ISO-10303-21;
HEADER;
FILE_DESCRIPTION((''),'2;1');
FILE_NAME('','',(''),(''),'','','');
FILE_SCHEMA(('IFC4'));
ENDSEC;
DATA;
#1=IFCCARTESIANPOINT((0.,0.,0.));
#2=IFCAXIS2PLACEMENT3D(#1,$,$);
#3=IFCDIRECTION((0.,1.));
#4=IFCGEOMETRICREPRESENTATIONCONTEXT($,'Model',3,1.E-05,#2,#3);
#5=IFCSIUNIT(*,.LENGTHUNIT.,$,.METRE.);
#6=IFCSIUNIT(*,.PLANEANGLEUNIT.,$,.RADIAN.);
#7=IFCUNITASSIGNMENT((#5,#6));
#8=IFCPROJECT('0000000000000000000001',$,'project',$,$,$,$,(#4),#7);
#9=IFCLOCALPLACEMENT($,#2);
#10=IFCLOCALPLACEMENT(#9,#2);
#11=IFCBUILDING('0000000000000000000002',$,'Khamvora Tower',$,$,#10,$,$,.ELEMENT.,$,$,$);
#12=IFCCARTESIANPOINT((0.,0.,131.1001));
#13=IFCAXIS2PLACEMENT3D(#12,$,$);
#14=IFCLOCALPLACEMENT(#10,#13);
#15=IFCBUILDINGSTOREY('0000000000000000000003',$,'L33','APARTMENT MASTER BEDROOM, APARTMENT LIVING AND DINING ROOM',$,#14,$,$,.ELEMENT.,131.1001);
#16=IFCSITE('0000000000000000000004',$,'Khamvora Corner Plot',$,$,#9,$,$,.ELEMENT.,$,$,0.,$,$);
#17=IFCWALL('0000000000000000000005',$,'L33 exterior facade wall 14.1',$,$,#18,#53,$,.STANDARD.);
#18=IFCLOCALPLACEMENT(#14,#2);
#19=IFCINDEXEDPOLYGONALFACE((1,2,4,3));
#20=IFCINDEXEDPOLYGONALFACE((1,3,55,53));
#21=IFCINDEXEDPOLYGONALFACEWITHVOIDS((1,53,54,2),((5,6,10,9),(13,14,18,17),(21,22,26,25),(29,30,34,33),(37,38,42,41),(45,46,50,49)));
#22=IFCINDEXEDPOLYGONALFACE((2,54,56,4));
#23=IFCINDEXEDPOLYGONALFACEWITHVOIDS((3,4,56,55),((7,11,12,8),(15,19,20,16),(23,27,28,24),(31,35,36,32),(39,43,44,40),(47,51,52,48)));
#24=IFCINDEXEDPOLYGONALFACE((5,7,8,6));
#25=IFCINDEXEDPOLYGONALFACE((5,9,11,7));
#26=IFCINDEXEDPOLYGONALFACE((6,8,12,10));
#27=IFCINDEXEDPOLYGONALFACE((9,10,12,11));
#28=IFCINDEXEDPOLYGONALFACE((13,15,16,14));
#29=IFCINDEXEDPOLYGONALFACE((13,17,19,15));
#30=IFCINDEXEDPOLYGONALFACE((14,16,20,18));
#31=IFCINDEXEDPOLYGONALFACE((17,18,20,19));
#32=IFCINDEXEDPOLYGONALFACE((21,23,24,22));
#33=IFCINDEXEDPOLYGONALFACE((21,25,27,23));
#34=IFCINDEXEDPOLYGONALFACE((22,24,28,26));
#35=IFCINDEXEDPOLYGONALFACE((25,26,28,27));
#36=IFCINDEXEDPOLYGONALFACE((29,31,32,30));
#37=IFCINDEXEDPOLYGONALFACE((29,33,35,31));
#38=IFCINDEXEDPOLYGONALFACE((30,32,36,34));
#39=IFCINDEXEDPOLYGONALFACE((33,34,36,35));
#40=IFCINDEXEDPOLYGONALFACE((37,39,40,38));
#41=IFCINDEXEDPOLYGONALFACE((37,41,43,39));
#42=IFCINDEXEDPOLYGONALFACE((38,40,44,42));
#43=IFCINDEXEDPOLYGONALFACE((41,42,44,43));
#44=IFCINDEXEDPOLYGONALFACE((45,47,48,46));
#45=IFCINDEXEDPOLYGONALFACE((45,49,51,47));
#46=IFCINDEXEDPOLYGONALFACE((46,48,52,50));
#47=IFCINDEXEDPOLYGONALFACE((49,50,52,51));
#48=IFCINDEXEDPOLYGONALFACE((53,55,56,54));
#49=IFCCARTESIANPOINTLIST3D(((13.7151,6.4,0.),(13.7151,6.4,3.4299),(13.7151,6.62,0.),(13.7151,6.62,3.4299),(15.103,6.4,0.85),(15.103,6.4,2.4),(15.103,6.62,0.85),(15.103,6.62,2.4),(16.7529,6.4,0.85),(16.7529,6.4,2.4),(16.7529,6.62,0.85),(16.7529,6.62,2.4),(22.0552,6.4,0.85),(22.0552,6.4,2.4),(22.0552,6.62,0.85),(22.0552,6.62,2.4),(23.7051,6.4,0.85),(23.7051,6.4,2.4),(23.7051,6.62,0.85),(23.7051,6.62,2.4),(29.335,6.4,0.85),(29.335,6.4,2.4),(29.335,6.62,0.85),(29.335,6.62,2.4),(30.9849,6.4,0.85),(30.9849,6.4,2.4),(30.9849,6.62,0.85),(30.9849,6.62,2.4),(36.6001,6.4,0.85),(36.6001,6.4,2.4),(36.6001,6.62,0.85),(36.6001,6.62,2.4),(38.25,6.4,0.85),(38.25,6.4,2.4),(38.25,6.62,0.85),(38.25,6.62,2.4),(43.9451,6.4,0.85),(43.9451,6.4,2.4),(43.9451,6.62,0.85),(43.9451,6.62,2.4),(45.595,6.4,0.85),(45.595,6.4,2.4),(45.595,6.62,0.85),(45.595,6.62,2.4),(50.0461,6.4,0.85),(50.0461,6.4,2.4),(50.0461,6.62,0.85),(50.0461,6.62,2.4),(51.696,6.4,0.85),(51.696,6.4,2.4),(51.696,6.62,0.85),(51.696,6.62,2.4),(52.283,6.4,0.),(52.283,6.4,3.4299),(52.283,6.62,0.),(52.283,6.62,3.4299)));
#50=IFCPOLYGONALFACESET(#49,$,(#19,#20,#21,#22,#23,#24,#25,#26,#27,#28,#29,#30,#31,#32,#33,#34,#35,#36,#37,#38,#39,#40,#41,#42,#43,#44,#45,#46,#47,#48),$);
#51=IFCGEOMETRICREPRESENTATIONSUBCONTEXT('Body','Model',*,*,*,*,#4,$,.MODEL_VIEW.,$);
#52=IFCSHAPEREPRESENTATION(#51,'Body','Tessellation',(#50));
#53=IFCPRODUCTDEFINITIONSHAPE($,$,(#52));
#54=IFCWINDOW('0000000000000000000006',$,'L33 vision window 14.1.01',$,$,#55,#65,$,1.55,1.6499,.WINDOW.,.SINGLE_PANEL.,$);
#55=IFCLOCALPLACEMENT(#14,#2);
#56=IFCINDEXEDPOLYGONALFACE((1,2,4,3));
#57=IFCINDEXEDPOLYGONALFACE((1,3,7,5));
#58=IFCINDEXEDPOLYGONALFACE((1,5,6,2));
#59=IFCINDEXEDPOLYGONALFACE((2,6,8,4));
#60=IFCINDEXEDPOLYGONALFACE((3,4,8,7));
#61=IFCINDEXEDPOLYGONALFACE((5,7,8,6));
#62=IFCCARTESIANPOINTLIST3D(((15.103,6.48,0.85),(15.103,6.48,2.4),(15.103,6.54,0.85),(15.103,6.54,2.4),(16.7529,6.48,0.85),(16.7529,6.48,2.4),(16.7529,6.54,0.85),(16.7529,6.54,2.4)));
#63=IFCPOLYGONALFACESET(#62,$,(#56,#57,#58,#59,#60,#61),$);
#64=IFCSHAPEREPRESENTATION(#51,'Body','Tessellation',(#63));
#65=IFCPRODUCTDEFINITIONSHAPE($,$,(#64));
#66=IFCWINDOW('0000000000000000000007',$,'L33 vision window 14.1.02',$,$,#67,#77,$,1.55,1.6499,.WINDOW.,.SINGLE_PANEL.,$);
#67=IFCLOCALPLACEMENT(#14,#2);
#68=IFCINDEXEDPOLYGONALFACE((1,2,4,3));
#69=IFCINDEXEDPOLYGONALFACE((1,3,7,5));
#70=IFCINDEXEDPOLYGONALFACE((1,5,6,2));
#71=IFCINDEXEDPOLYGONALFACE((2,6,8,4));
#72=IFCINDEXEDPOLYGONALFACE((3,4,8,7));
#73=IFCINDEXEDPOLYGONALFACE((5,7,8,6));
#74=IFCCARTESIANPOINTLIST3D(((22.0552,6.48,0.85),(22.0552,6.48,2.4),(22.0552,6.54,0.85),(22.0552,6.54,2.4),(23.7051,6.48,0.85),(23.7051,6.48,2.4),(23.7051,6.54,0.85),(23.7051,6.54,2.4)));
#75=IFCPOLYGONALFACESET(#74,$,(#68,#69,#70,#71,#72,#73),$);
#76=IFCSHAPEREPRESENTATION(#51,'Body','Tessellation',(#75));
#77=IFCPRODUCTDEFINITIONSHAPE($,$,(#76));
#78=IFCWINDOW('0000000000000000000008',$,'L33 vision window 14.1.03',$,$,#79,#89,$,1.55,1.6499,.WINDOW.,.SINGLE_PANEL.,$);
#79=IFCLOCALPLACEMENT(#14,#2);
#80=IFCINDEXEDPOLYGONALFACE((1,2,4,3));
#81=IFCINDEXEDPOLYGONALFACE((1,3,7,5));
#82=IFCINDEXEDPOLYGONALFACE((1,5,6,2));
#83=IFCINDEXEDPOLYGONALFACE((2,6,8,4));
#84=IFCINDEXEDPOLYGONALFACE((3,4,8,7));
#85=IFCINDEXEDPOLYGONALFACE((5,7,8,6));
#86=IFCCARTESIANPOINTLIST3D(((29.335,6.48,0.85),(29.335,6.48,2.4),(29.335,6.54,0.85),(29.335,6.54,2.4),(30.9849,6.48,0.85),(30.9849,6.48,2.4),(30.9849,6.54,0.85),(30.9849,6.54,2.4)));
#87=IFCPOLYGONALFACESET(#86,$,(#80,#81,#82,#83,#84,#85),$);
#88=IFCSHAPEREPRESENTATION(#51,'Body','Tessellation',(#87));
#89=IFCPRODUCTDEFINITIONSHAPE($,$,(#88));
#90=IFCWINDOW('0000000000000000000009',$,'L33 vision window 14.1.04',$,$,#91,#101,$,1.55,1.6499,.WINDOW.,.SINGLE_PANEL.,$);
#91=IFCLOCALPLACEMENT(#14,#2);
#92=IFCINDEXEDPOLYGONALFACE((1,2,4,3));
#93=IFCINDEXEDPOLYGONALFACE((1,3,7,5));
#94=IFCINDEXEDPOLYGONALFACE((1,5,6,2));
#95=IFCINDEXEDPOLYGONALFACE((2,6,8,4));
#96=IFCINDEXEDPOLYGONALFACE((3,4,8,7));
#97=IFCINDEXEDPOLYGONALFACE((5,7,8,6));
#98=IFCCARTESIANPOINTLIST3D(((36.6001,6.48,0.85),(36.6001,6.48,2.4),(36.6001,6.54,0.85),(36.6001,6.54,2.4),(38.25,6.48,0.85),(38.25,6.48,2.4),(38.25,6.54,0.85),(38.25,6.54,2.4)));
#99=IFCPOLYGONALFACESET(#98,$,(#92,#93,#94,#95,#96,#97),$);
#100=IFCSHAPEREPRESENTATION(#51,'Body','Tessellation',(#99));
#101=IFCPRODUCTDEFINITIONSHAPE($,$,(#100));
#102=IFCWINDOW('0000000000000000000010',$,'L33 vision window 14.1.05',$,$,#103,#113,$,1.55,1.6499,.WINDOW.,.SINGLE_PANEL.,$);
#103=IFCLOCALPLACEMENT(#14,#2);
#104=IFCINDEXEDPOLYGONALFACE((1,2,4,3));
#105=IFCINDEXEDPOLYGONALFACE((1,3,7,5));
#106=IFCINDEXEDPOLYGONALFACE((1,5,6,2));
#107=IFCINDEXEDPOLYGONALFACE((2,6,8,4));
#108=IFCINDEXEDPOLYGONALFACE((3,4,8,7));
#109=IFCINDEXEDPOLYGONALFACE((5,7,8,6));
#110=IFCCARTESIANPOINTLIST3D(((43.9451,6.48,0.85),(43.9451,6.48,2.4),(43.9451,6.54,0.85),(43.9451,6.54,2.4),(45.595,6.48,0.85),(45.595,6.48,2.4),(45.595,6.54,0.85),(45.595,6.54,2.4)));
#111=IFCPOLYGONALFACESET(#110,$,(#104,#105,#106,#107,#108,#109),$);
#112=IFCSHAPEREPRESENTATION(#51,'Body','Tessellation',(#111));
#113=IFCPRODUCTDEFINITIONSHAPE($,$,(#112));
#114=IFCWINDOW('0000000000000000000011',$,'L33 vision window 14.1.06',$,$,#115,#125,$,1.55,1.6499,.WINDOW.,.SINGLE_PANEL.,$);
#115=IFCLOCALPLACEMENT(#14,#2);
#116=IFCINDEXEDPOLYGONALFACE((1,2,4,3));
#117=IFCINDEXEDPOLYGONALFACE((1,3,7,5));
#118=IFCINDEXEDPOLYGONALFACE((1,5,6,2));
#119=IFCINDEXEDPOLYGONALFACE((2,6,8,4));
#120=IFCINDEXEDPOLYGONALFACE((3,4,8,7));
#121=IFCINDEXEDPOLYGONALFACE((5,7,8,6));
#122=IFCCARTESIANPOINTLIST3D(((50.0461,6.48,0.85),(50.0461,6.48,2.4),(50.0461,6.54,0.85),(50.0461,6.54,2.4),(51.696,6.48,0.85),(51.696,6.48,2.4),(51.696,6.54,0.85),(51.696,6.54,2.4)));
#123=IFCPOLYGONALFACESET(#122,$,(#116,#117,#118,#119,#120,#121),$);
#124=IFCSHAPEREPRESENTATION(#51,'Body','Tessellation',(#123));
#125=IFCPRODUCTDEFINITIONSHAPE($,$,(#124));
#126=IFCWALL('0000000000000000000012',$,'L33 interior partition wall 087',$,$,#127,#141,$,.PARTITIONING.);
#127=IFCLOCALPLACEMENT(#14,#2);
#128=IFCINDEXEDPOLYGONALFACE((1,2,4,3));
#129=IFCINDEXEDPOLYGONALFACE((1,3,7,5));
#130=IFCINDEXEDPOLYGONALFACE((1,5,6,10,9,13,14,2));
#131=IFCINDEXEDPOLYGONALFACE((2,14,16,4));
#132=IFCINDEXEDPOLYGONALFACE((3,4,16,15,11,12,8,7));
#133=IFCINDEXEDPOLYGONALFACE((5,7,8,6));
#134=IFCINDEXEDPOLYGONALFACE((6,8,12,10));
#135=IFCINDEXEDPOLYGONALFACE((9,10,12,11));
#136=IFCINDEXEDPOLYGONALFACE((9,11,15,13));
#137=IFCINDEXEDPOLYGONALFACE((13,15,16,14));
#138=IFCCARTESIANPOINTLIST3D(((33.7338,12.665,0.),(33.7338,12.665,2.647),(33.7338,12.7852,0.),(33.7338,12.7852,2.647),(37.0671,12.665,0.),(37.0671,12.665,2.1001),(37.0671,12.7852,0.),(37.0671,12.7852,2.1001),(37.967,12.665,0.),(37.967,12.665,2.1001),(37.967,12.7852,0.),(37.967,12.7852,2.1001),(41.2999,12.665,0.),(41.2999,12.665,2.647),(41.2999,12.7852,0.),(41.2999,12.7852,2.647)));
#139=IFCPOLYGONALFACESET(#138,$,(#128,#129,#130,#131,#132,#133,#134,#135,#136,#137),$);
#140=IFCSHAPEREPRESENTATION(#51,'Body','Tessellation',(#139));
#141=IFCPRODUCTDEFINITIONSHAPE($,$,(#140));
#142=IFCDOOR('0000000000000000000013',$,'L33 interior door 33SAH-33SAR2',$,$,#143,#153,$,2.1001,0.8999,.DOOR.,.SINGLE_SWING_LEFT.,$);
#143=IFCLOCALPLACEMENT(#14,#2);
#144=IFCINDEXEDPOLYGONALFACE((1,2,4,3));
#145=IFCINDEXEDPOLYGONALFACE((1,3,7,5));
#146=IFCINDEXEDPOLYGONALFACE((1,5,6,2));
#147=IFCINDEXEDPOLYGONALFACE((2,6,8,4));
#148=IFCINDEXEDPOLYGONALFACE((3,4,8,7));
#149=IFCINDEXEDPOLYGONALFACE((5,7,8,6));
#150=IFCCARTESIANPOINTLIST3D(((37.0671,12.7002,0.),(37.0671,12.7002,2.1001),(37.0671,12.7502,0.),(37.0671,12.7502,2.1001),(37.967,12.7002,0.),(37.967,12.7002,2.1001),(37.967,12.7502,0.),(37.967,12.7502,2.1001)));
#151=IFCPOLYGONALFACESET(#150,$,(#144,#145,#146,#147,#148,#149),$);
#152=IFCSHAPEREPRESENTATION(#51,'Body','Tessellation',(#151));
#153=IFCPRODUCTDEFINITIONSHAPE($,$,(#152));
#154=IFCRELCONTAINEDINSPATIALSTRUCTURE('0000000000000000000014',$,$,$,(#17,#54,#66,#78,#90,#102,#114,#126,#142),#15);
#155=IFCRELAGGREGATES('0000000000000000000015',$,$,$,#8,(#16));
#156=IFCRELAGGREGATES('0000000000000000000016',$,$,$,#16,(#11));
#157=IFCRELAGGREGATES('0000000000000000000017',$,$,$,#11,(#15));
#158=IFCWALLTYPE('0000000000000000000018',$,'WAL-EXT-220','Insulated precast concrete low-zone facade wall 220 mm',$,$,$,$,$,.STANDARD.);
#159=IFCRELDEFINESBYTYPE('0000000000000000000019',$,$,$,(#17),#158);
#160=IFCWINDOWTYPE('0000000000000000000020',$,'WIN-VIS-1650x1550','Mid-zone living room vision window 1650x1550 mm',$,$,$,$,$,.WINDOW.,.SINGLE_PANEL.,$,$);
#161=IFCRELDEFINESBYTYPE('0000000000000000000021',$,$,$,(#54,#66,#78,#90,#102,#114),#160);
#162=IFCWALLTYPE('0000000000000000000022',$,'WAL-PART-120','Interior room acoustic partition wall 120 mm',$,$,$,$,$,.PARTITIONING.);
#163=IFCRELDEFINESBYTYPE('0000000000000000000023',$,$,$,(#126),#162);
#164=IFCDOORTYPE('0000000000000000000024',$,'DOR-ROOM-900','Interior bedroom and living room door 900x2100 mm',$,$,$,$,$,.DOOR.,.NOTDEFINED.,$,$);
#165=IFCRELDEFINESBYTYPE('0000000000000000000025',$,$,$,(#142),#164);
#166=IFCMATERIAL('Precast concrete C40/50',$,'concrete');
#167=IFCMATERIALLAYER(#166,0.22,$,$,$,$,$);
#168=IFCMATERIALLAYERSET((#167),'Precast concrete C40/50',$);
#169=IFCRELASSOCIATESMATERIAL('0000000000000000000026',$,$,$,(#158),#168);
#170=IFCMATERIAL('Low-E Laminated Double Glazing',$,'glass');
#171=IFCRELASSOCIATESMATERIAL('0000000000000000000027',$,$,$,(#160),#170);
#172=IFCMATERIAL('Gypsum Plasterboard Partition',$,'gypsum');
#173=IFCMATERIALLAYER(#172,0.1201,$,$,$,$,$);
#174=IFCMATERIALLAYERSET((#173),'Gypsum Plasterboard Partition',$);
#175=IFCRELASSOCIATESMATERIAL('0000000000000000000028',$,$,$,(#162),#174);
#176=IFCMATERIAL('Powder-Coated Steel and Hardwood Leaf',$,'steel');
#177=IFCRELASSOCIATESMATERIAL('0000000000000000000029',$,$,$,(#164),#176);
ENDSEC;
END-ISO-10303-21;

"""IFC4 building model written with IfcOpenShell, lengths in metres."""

from ifc_helpers import new_model, si_unit, direction, frame, frame_2d, origin, place, context, subcontext, project, spatial, rectangle, extrude, material, layer, layer_set, type_object, element, fill, save


model = new_model("IFC4")

# Units and contexts
model_context = context("Model", 3, precision=1e-05, world=origin(), true_north=direction((0.0, 1.0)))
body_context = subcontext(model_context, "Body", "Model", "MODEL_VIEW")
ifc_project = project(units=[si_unit("LENGTHUNIT", "METRE"), si_unit("PLANEANGLEUNIT", "RADIAN")], contexts=[model_context])

# Site, building, storey
site_placement = place(None, origin())
site = spatial("IfcSite", under=ifc_project, at=site_placement, Name="Khamvora Corner Plot", CompositionType="ELEMENT", RefElevation=0.0)
building_placement = place(site_placement, origin())
building = spatial("IfcBuilding", under=site, at=building_placement, Name="Khamvora Tower", CompositionType="ELEMENT")
storey_placement = place(building_placement, frame((0.0, 0.0, 131.1001)))
storey = spatial("IfcBuildingStorey", under=building, at=storey_placement, Name="L33", Description="APARTMENT MASTER BEDROOM, APARTMENT LIVING AND DINING ROOM", CompositionType="ELEMENT", Elevation=131.1001)

# Shared definitions
ifc_material_1 = material(Name="Precast concrete C40/50", Category="concrete")
ifc_layer_1 = layer(ifc_material_1, 0.22)
ifc_layer_set_1 = layer_set([ifc_layer_1], Name="Precast concrete C40/50")
wall_type_1 = type_object("IfcWallType", Name="WAL-EXT-220", Description="Insulated precast concrete low-zone facade wall 220 mm", PredefinedType="STANDARD", material=ifc_layer_set_1)

# Wall, openings, windows
wall_1_placement = place(storey_placement, frame((52.283, 6.51, 0.0), z_axis=(0.0, 0.0, 1.0), x_axis=(-1.0, 0.0, 0.0)))
wall_1 = element("IfcWall", 1, at=wall_1_placement, inside=storey, type_object=wall_type_1, Name="L33 exterior facade wall 14.1", PredefinedType="STANDARD", context=body_context, shape_type="SweptSolid", body=[
    extrude(rectangle(XDim=38.5679, YDim=0.22, at=frame_2d((19.2839, 0.0))), origin(), (0.0, 0.0, 1.0), 3.4299),
])
opening_1_placement = place(wall_1_placement, frame((35.53, 0.0, 0.8501)))
opening_1 = element("IfcOpeningElement", 2, at=opening_1_placement, cuts=wall_1, PredefinedType="OPENING", context=body_context, shape_type="SweptSolid", body=[
    extrude(rectangle(XDim=1.6499, YDim=1.55, at=frame_2d((0.825, 0.7749))), frame((0.0, 0.1199, 0.0), z_axis=(0.0, -1.0, 0.0), x_axis=(1.0, 0.0, 0.0)), (0.0, 0.0, 1.0), 0.24),
])
opening_2_placement = place(wall_1_placement, frame((28.5779, 0.0, 0.8501)))
opening_2 = element("IfcOpeningElement", 3, at=opening_2_placement, cuts=wall_1, PredefinedType="OPENING", context=body_context, shape_type="SweptSolid", body=[
    extrude(rectangle(XDim=1.6499, YDim=1.55, at=frame_2d((0.825, 0.7749))), frame((0.0, 0.1199, 0.0), z_axis=(0.0, -1.0, 0.0), x_axis=(1.0, 0.0, 0.0)), (0.0, 0.0, 1.0), 0.24),
])
opening_3_placement = place(wall_1_placement, frame((21.2981, 0.0, 0.8501)))
opening_3 = element("IfcOpeningElement", 4, at=opening_3_placement, cuts=wall_1, PredefinedType="OPENING", context=body_context, shape_type="SweptSolid", body=[
    extrude(rectangle(XDim=1.6499, YDim=1.55, at=frame_2d((0.825, 0.7749))), frame((0.0, 0.1199, 0.0), z_axis=(0.0, -1.0, 0.0), x_axis=(1.0, 0.0, 0.0)), (0.0, 0.0, 1.0), 0.24),
])
opening_4_placement = place(wall_1_placement, frame((14.033, 0.0, 0.8501)))
opening_4 = element("IfcOpeningElement", 5, at=opening_4_placement, cuts=wall_1, PredefinedType="OPENING", context=body_context, shape_type="SweptSolid", body=[
    extrude(rectangle(XDim=1.6499, YDim=1.55, at=frame_2d((0.825, 0.7749))), frame((0.0, 0.1199, 0.0), z_axis=(0.0, -1.0, 0.0), x_axis=(1.0, 0.0, 0.0)), (0.0, 0.0, 1.0), 0.24),
])
opening_5_placement = place(wall_1_placement, frame((6.688, 0.0, 0.8501)))
opening_5 = element("IfcOpeningElement", 6, at=opening_5_placement, cuts=wall_1, PredefinedType="OPENING", context=body_context, shape_type="SweptSolid", body=[
    extrude(rectangle(XDim=1.6499, YDim=1.55, at=frame_2d((0.825, 0.7749))), frame((0.0, 0.1199, 0.0), z_axis=(0.0, -1.0, 0.0), x_axis=(1.0, 0.0, 0.0)), (0.0, 0.0, 1.0), 0.24),
])
opening_6_placement = place(wall_1_placement, frame((0.5869, 0.0, 0.8501)))
opening_6 = element("IfcOpeningElement", 7, at=opening_6_placement, cuts=wall_1, PredefinedType="OPENING", context=body_context, shape_type="SweptSolid", body=[
    extrude(rectangle(XDim=1.6499, YDim=1.55, at=frame_2d((0.825, 0.7749))), frame((0.0, 0.1199, 0.0), z_axis=(0.0, -1.0, 0.0), x_axis=(1.0, 0.0, 0.0)), (0.0, 0.0, 1.0), 0.24),
])
ifc_material_2 = material(Name="Low-E Laminated Double Glazing", Category="glass")
window_type = type_object("IfcWindowType", Name="WIN-VIS-1650x1550", Description="Mid-zone living room vision window 1650x1550 mm", PartitioningType="SINGLE_PANEL", PredefinedType="WINDOW", material=ifc_material_2)
window_1_placement = place(opening_1_placement, origin())
window_1 = element("IfcWindow", 8, at=window_1_placement, inside=storey, type_object=window_type, Name="L33 vision window 14.1.01", OverallHeight=1.55, OverallWidth=1.6499, PartitioningType="SINGLE_PANEL", PredefinedType="WINDOW", context=body_context, shape_type="SweptSolid", body=[
    extrude(rectangle(XDim=1.6499, YDim=1.55, at=frame_2d((0.825, 0.7749))), frame((0.0, 0.03, 0.0), z_axis=(0.0, -1.0, 0.0), x_axis=(1.0, 0.0, 0.0)), (0.0, 0.0, 1.0), 0.0601),
])
fill(opening_1, window_1)
window_2_placement = place(opening_2_placement, origin())
window_2 = element("IfcWindow", 9, at=window_2_placement, inside=storey, type_object=window_type, Name="L33 vision window 14.1.02", OverallHeight=1.55, OverallWidth=1.6499, PartitioningType="SINGLE_PANEL", PredefinedType="WINDOW", context=body_context, shape_type="SweptSolid", body=[
    extrude(rectangle(XDim=1.6499, YDim=1.55, at=frame_2d((0.825, 0.7749))), frame((0.0, 0.03, 0.0), z_axis=(0.0, -1.0, 0.0), x_axis=(1.0, 0.0, 0.0)), (0.0, 0.0, 1.0), 0.0601),
])
fill(opening_2, window_2)
window_3_placement = place(opening_3_placement, origin())
window_3 = element("IfcWindow", 10, at=window_3_placement, inside=storey, type_object=window_type, Name="L33 vision window 14.1.03", OverallHeight=1.55, OverallWidth=1.6499, PartitioningType="SINGLE_PANEL", PredefinedType="WINDOW", context=body_context, shape_type="SweptSolid", body=[
    extrude(rectangle(XDim=1.6499, YDim=1.55, at=frame_2d((0.825, 0.7749))), frame((0.0, 0.03, 0.0), z_axis=(0.0, -1.0, 0.0), x_axis=(1.0, 0.0, 0.0)), (0.0, 0.0, 1.0), 0.0601),
])
fill(opening_3, window_3)
window_4_placement = place(opening_4_placement, origin())
window_4 = element("IfcWindow", 11, at=window_4_placement, inside=storey, type_object=window_type, Name="L33 vision window 14.1.04", OverallHeight=1.55, OverallWidth=1.6499, PartitioningType="SINGLE_PANEL", PredefinedType="WINDOW", context=body_context, shape_type="SweptSolid", body=[
    extrude(rectangle(XDim=1.6499, YDim=1.55, at=frame_2d((0.825, 0.7749))), frame((0.0, 0.03, 0.0), z_axis=(0.0, -1.0, 0.0), x_axis=(1.0, 0.0, 0.0)), (0.0, 0.0, 1.0), 0.0601),
])
fill(opening_4, window_4)
window_5_placement = place(opening_5_placement, origin())
window_5 = element("IfcWindow", 12, at=window_5_placement, inside=storey, type_object=window_type, Name="L33 vision window 14.1.05", OverallHeight=1.55, OverallWidth=1.6499, PartitioningType="SINGLE_PANEL", PredefinedType="WINDOW", context=body_context, shape_type="SweptSolid", body=[
    extrude(rectangle(XDim=1.6499, YDim=1.55, at=frame_2d((0.825, 0.7749))), frame((0.0, 0.03, 0.0), z_axis=(0.0, -1.0, 0.0), x_axis=(1.0, 0.0, 0.0)), (0.0, 0.0, 1.0), 0.0601),
])
fill(opening_5, window_5)
window_6_placement = place(opening_6_placement, origin())
window_6 = element("IfcWindow", 13, at=window_6_placement, inside=storey, type_object=window_type, Name="L33 vision window 14.1.06", OverallHeight=1.55, OverallWidth=1.6499, PartitioningType="SINGLE_PANEL", PredefinedType="WINDOW", context=body_context, shape_type="SweptSolid", body=[
    extrude(rectangle(XDim=1.6499, YDim=1.55, at=frame_2d((0.825, 0.7749))), frame((0.0, 0.03, 0.0), z_axis=(0.0, -1.0, 0.0), x_axis=(1.0, 0.0, 0.0)), (0.0, 0.0, 1.0), 0.0601),
])
fill(opening_6, window_6)

# Wall, opening, door
ifc_material_3 = material(Name="Gypsum Plasterboard Partition", Category="gypsum")
ifc_layer_2 = layer(ifc_material_3, 0.1201)
ifc_layer_set_2 = layer_set([ifc_layer_2], Name="Gypsum Plasterboard Partition")
wall_type_2 = type_object("IfcWallType", Name="WAL-PART-120", Description="Interior room acoustic partition wall 120 mm", PredefinedType="PARTITIONING", material=ifc_layer_set_2)
wall_2_placement = place(storey_placement, frame((41.3, 12.7251, 0.0), z_axis=(0.0, 0.0, 1.0), x_axis=(-1.0, 0.0, 0.0)))
wall_2 = element("IfcWall", 14, at=wall_2_placement, inside=storey, type_object=wall_type_2, Name="L33 interior partition wall 087", PredefinedType="PARTITIONING", context=body_context, shape_type="SweptSolid", body=[
    extrude(rectangle(XDim=7.5662, YDim=0.1201, at=frame_2d((3.7832, 0.0))), origin(), (0.0, 0.0, 1.0), 2.647),
])
opening_7_placement = place(wall_2_placement, frame((3.333, 0.0, 0.0)))
opening_7 = element("IfcOpeningElement", 15, at=opening_7_placement, cuts=wall_2, PredefinedType="OPENING", context=body_context, shape_type="SweptSolid", body=[
    extrude(rectangle(XDim=0.8999, YDim=2.1001, at=frame_2d((0.45, 1.05))), frame((0.0, 0.0701, 0.0), z_axis=(0.0, -1.0, 0.0), x_axis=(1.0, 0.0, 0.0)), (0.0, 0.0, 1.0), 0.1401),
])
ifc_material_4 = material(Name="Powder-Coated Steel and Hardwood Leaf", Category="steel")
door_type = type_object("IfcDoorType", Name="DOR-ROOM-900", Description="Interior bedroom and living room door 900x2100 mm", OperationType="NOTDEFINED", PredefinedType="DOOR", material=ifc_material_4)
door_1_placement = place(opening_7_placement, origin())
door_1 = element("IfcDoor", 16, at=door_1_placement, inside=storey, type_object=door_type, Name="L33 interior door 33SAH-33SAR2", OperationType="SINGLE_SWING_LEFT", OverallHeight=2.1001, OverallWidth=0.8999, PredefinedType="DOOR", context=body_context, shape_type="SweptSolid", body=[
    extrude(rectangle(XDim=0.8999, YDim=2.1001, at=frame_2d((0.45, 1.05))), frame((0.0, 0.0249, 0.0), z_axis=(0.0, -1.0, 0.0), x_axis=(1.0, 0.0, 0.0)), (0.0, 0.0, 1.0), 0.05),
])
fill(opening_7, door_1)

save(model, "model.ifc")
